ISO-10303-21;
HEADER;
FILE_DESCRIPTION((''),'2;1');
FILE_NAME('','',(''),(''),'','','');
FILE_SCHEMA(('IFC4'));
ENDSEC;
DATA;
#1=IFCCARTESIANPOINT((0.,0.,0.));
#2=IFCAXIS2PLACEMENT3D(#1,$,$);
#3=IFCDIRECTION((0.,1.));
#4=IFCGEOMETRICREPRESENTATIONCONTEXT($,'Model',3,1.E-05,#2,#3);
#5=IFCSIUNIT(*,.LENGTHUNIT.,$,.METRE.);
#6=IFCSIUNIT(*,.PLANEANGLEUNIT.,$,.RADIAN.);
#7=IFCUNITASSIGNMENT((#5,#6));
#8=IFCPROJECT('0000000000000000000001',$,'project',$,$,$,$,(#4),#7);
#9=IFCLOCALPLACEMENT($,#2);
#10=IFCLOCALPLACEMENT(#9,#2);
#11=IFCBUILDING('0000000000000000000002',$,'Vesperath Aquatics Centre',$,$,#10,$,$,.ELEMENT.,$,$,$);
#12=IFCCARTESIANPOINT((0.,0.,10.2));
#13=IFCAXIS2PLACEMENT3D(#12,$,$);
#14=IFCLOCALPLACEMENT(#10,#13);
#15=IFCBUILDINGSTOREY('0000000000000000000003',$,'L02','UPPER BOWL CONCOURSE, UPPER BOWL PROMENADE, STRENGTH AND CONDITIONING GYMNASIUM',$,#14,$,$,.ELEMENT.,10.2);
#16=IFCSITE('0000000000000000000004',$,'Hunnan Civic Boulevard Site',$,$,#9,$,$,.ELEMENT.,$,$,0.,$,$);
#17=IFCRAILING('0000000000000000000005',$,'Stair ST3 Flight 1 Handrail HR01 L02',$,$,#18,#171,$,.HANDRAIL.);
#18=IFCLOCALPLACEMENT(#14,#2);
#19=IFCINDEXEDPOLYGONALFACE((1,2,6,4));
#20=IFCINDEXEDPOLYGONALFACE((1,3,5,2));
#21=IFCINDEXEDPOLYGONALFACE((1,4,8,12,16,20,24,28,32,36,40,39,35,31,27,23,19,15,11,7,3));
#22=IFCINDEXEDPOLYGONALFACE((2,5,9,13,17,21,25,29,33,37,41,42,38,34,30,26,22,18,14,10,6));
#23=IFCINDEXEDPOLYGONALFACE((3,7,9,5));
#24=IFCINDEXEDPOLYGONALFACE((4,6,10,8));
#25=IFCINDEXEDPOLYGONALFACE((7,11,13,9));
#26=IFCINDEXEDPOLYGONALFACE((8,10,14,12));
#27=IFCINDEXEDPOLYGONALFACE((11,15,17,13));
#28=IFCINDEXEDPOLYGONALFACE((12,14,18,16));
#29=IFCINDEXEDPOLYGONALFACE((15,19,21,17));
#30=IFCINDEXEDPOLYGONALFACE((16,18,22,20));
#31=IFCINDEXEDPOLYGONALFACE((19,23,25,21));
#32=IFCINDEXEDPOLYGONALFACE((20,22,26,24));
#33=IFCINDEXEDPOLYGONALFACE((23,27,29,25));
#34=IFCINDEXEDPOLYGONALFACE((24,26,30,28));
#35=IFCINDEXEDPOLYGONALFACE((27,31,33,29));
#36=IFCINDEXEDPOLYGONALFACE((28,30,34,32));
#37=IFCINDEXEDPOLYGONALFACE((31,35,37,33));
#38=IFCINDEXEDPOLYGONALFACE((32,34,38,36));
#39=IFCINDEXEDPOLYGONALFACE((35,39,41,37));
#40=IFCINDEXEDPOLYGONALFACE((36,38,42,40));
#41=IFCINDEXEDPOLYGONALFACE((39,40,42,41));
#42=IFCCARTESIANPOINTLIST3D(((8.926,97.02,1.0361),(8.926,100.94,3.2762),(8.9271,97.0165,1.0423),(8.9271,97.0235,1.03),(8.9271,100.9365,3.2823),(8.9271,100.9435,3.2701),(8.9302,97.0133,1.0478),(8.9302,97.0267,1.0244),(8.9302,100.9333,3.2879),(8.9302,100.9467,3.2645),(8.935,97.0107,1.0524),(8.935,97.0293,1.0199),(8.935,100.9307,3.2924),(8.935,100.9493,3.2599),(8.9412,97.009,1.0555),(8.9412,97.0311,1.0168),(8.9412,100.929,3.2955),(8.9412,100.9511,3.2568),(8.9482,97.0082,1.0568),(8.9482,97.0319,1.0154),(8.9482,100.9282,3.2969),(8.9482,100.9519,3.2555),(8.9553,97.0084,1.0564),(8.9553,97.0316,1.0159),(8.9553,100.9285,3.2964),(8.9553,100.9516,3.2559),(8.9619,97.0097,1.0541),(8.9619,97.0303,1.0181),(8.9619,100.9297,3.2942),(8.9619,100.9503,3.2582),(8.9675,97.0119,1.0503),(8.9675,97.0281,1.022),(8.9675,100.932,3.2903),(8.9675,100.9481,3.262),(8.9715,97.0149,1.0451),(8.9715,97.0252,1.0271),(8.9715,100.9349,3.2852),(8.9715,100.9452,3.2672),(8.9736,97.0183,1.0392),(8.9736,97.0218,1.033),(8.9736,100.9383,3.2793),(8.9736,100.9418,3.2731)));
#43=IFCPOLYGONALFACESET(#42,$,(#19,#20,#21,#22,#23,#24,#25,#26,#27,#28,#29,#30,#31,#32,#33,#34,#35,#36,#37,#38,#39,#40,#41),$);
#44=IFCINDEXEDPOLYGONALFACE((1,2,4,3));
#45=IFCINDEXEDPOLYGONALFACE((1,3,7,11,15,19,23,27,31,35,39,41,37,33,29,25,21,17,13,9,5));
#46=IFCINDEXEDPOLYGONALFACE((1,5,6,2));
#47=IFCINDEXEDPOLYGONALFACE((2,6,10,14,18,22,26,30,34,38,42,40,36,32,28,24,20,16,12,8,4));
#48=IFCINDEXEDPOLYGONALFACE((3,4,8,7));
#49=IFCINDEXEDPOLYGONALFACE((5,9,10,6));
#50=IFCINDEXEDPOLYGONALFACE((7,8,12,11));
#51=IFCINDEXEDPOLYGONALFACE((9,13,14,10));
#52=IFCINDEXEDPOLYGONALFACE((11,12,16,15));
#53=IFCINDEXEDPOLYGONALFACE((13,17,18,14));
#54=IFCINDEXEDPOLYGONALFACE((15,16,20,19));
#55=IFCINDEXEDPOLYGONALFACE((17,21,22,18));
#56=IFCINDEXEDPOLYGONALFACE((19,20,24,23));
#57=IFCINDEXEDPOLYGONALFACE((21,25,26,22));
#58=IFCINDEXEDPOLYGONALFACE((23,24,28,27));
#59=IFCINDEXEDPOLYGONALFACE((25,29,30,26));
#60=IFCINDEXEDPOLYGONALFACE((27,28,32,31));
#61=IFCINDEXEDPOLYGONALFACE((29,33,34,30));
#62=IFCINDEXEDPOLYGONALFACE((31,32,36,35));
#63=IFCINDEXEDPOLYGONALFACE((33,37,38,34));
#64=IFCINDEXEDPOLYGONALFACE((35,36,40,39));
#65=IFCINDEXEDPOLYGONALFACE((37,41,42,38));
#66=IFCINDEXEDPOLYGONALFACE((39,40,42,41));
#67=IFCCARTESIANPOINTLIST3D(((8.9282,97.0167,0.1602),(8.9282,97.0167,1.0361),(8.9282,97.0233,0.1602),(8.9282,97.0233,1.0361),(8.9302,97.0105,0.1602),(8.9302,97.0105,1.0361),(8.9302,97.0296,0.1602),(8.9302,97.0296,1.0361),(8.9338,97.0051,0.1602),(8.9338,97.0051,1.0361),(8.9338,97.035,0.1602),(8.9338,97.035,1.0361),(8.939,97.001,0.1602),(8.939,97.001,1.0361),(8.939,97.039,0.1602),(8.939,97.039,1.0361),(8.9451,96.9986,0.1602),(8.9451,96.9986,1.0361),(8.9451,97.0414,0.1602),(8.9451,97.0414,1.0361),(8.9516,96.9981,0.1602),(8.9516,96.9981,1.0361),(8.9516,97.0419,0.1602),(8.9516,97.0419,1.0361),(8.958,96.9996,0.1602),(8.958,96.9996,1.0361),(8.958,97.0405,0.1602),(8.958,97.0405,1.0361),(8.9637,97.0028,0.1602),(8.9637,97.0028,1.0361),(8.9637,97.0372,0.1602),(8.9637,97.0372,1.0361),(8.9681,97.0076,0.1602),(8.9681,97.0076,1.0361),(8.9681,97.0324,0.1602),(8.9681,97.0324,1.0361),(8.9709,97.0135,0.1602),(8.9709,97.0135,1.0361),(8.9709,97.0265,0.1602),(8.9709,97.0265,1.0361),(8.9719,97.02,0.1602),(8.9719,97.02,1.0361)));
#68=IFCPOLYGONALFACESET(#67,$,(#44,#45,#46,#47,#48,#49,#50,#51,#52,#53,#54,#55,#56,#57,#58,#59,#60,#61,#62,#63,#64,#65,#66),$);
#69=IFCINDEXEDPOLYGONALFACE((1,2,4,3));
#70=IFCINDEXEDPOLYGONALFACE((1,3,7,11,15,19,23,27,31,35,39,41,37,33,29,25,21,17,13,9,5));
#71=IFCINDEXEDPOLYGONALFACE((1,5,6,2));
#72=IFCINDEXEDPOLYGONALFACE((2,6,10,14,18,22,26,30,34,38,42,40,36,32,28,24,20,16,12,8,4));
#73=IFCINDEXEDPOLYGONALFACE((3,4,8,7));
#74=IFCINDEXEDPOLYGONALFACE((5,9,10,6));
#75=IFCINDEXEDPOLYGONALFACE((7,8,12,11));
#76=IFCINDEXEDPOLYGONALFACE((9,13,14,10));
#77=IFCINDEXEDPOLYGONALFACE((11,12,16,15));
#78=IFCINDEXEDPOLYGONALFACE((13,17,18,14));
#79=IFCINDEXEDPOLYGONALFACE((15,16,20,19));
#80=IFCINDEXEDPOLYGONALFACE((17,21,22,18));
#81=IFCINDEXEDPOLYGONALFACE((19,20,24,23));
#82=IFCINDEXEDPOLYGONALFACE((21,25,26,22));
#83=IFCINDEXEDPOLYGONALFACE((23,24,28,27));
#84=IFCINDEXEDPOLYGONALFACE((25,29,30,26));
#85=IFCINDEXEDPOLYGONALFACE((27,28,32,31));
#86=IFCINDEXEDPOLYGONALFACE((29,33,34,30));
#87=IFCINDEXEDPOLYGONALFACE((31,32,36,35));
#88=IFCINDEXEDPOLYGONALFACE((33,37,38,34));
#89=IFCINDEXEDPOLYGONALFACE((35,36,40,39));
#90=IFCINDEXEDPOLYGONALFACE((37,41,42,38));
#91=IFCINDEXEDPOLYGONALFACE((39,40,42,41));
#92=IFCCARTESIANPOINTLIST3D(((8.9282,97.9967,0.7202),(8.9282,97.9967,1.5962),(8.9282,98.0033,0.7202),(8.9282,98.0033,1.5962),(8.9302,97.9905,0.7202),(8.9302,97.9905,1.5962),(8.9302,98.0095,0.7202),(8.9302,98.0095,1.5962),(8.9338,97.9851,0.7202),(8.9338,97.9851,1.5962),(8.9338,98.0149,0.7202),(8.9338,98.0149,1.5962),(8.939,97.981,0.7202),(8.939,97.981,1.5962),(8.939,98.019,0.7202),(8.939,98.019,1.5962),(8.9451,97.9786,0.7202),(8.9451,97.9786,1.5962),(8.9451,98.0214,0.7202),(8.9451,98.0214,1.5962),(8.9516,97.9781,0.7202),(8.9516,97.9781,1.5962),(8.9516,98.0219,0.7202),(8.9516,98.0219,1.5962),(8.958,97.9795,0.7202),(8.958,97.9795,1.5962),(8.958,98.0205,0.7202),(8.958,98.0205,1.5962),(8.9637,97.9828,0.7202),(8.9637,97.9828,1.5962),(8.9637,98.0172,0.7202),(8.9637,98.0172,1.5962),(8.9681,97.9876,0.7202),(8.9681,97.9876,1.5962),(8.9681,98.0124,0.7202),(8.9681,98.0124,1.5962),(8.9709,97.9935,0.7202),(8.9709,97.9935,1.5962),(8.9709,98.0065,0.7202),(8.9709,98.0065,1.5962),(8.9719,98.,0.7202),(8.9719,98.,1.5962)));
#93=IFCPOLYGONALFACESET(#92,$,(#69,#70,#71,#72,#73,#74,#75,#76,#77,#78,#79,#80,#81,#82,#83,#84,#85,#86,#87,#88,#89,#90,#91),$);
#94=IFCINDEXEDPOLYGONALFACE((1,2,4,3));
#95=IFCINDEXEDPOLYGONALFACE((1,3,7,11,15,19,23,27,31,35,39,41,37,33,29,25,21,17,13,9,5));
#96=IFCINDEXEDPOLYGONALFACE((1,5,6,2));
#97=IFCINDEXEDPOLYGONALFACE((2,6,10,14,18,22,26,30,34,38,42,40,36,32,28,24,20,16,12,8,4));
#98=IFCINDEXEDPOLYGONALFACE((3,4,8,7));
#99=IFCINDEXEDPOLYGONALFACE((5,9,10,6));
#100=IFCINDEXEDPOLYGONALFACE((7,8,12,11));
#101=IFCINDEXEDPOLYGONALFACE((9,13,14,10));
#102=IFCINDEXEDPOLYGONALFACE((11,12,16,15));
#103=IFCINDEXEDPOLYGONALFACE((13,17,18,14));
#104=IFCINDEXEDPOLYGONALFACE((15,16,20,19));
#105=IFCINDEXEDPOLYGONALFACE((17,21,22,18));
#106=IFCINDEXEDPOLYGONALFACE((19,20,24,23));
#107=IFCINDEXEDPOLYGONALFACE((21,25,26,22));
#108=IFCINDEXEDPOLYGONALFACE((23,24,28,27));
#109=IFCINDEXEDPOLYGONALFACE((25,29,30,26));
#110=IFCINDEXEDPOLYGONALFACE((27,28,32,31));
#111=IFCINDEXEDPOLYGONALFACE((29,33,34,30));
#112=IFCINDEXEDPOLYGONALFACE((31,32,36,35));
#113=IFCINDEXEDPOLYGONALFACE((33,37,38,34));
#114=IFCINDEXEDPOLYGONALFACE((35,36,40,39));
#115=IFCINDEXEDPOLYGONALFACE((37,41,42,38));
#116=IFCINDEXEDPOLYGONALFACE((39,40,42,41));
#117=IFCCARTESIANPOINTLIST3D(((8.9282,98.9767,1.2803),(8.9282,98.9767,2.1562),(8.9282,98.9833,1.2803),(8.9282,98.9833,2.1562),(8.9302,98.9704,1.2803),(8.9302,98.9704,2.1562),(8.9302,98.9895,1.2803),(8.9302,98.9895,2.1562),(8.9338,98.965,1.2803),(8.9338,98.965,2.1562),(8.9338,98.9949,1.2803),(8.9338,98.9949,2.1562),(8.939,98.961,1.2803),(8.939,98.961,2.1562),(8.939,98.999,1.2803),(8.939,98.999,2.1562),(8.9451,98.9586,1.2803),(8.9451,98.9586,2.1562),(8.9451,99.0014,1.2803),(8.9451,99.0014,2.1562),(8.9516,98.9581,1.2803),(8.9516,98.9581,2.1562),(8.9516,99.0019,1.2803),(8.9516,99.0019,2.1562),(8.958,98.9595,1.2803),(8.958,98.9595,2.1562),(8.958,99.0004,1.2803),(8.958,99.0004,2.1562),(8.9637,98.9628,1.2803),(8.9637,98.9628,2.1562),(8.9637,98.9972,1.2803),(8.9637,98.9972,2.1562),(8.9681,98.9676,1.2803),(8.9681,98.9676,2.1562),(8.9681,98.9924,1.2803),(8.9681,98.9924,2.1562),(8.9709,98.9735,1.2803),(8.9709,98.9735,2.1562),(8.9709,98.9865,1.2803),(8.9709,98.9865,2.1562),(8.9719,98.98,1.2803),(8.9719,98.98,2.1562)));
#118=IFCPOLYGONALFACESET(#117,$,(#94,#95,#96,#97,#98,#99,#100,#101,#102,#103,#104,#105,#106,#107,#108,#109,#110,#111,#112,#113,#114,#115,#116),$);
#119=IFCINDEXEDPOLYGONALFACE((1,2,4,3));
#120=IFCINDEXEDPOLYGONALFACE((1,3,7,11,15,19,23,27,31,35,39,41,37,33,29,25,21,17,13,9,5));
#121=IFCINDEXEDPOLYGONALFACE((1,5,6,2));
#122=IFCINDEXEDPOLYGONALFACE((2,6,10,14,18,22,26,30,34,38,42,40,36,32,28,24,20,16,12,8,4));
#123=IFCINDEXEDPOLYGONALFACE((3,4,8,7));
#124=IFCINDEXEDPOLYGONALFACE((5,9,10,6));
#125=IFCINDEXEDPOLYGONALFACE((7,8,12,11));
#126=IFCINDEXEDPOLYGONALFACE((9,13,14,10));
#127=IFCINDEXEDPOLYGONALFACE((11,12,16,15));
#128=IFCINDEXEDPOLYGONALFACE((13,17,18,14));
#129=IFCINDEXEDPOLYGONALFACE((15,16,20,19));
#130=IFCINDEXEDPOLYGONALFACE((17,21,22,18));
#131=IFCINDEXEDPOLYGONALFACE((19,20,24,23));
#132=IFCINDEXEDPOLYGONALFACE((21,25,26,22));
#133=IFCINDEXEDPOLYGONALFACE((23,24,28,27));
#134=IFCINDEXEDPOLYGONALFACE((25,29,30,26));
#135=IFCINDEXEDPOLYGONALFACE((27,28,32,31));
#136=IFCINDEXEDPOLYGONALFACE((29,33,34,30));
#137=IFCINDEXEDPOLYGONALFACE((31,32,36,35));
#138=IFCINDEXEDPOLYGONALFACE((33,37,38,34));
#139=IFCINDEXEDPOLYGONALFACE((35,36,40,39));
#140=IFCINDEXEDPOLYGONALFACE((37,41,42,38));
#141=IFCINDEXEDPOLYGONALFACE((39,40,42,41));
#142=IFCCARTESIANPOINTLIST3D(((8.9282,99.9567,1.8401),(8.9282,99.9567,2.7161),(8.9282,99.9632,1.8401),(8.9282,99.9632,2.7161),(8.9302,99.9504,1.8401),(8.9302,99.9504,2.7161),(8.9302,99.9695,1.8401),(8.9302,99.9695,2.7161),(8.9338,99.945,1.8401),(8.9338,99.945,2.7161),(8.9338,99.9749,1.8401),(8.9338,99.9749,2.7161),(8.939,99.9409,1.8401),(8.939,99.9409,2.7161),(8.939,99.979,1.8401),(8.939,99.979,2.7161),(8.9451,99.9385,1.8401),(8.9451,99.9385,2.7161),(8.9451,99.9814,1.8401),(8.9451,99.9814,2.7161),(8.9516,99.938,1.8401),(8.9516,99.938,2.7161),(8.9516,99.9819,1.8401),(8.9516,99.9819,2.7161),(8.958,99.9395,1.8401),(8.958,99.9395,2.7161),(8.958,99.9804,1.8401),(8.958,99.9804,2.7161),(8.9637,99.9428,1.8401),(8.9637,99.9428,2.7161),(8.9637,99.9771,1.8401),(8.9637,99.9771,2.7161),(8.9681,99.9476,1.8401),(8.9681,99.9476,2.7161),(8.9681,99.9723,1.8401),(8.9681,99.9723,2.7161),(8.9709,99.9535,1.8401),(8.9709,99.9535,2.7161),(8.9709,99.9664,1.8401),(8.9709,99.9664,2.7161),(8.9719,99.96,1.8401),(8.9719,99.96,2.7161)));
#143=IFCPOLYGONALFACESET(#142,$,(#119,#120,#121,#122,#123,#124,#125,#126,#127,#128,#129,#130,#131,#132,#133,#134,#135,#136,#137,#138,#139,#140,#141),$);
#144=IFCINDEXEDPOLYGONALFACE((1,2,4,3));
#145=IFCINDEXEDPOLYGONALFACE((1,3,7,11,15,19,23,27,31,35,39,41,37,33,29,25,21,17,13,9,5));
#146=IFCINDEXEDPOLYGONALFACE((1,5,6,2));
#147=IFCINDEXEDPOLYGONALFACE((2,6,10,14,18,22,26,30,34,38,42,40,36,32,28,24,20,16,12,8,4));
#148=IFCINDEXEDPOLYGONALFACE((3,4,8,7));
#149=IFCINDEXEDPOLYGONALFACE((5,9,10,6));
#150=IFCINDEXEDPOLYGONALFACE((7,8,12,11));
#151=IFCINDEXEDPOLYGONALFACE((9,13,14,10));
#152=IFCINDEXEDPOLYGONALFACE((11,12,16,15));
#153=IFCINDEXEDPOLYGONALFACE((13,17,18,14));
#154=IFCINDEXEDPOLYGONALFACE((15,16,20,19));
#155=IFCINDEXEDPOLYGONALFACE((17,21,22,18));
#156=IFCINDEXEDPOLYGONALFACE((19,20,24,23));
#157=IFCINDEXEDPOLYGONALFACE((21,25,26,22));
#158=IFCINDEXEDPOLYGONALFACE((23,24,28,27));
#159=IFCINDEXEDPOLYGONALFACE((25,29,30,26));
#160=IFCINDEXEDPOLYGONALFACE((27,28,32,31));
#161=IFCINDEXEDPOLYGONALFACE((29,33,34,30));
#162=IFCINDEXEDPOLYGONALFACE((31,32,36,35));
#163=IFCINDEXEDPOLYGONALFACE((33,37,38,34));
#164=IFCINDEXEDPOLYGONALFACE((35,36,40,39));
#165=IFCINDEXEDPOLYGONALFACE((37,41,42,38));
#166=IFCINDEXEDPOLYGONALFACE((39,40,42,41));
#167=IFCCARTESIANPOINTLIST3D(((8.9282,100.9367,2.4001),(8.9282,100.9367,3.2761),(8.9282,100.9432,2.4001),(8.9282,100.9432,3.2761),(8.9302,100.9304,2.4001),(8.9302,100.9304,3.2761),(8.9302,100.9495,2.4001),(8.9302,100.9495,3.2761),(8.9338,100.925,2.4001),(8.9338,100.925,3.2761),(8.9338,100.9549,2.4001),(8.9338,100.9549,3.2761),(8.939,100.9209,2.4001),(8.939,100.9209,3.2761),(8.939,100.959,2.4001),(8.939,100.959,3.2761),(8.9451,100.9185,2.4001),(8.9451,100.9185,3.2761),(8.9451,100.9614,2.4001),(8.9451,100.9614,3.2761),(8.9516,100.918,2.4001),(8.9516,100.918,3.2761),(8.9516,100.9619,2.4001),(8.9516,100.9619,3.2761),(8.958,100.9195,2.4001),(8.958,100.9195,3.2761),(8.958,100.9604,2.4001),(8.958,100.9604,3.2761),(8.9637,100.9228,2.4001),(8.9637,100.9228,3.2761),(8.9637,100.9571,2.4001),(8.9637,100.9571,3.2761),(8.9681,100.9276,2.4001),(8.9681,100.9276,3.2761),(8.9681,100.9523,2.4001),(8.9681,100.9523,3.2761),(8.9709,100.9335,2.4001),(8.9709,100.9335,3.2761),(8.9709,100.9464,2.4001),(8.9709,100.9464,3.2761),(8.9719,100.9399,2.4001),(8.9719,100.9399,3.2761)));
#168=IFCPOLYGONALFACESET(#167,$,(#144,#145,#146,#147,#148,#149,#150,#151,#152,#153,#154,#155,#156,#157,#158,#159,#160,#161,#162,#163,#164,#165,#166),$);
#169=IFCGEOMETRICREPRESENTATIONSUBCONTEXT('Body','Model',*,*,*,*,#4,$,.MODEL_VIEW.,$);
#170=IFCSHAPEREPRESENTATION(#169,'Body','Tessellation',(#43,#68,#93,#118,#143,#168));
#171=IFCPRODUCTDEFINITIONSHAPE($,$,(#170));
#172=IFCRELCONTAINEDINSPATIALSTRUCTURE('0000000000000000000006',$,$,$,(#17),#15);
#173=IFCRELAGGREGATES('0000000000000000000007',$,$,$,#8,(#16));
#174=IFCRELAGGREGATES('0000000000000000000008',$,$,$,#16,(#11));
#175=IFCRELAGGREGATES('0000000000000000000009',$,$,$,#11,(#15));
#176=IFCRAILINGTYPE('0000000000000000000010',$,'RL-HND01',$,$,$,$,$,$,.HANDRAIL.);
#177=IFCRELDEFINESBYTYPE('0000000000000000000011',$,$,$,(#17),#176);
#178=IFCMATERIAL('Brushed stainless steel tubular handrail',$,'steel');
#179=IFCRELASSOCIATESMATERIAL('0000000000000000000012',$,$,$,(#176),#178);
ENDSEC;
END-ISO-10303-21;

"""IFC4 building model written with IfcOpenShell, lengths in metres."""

from ifc_helpers import new_model, si_unit, direction, frame, origin, origin_2d, place, context, subcontext, project, spatial, circle, extrude, material, type_object, element, save


model = new_model("IFC4")

# Units and contexts
model_context = context("Model", 3, precision=1e-05, world=origin(), true_north=direction((0.0, 1.0)))
body_context = subcontext(model_context, "Body", "Model", "MODEL_VIEW")
ifc_project = project(units=[si_unit("LENGTHUNIT", "METRE"), si_unit("PLANEANGLEUNIT", "RADIAN")], contexts=[model_context])

# Site, building, storey
site_placement = place(None, origin())
site = spatial("IfcSite", under=ifc_project, at=site_placement, Name="Hunnan Civic Boulevard Site", CompositionType="ELEMENT", RefElevation=0.0)
building_placement = place(site_placement, origin())
building = spatial("IfcBuilding", under=site, at=building_placement, Name="Vesperath Aquatics Centre", CompositionType="ELEMENT")
storey_placement = place(building_placement, frame((0.0, 0.0, 10.2)))
storey = spatial("IfcBuildingStorey", under=building, at=storey_placement, Name="L02", Description="UPPER BOWL CONCOURSE, UPPER BOWL PROMENADE, STRENGTH AND CONDITIONING GYMNASIUM", CompositionType="ELEMENT", Elevation=10.2)

# Railing
ifc_material_1 = material(Name="Brushed stainless steel tubular handrail", Category="steel")
railing_type_1 = type_object("IfcRailingType", Name="RL-HND01", PredefinedType="HANDRAIL", material=ifc_material_1)
railing_1_placement = place(storey_placement, frame((8.95, 97.02, 0.1602)))
element("IfcRailing", 1, at=railing_1_placement, inside=storey, type_object=railing_type_1, Name="Stair ST3 Flight 1 Handrail HR01 L02", PredefinedType="HANDRAIL", context=body_context, shape_type="SweptSolid", body=[
    extrude(circle(Radius=0.0239, at=origin_2d()), frame((0.0, 0.0, 0.876), z_axis=(0.0, 0.86824, 0.496145), x_axis=(-1.0, 0.0, 0.0)), (0.0, 0.0, 1.0), 4.5149),
    extrude(circle(Radius=0.022, at=origin_2d()), origin(), (0.0, 0.0, 1.0), 0.876),
    extrude(circle(Radius=0.022, at=origin_2d()), frame((0.0, 0.98, 0.5601)), (0.0, 0.0, 1.0), 0.876),
    extrude(circle(Radius=0.022, at=origin_2d()), frame((0.0, 1.96, 1.1201)), (0.0, 0.0, 1.0), 0.876),
    extrude(circle(Radius=0.022, at=origin_2d()), frame((0.0, 2.9399, 1.6799)), (0.0, 0.0, 1.0), 0.876),
    extrude(circle(Radius=0.022, at=origin_2d()), frame((0.0, 3.9199, 2.24)), (0.0, 0.0, 1.0), 0.876),
])

save(model, "model.ifc")
